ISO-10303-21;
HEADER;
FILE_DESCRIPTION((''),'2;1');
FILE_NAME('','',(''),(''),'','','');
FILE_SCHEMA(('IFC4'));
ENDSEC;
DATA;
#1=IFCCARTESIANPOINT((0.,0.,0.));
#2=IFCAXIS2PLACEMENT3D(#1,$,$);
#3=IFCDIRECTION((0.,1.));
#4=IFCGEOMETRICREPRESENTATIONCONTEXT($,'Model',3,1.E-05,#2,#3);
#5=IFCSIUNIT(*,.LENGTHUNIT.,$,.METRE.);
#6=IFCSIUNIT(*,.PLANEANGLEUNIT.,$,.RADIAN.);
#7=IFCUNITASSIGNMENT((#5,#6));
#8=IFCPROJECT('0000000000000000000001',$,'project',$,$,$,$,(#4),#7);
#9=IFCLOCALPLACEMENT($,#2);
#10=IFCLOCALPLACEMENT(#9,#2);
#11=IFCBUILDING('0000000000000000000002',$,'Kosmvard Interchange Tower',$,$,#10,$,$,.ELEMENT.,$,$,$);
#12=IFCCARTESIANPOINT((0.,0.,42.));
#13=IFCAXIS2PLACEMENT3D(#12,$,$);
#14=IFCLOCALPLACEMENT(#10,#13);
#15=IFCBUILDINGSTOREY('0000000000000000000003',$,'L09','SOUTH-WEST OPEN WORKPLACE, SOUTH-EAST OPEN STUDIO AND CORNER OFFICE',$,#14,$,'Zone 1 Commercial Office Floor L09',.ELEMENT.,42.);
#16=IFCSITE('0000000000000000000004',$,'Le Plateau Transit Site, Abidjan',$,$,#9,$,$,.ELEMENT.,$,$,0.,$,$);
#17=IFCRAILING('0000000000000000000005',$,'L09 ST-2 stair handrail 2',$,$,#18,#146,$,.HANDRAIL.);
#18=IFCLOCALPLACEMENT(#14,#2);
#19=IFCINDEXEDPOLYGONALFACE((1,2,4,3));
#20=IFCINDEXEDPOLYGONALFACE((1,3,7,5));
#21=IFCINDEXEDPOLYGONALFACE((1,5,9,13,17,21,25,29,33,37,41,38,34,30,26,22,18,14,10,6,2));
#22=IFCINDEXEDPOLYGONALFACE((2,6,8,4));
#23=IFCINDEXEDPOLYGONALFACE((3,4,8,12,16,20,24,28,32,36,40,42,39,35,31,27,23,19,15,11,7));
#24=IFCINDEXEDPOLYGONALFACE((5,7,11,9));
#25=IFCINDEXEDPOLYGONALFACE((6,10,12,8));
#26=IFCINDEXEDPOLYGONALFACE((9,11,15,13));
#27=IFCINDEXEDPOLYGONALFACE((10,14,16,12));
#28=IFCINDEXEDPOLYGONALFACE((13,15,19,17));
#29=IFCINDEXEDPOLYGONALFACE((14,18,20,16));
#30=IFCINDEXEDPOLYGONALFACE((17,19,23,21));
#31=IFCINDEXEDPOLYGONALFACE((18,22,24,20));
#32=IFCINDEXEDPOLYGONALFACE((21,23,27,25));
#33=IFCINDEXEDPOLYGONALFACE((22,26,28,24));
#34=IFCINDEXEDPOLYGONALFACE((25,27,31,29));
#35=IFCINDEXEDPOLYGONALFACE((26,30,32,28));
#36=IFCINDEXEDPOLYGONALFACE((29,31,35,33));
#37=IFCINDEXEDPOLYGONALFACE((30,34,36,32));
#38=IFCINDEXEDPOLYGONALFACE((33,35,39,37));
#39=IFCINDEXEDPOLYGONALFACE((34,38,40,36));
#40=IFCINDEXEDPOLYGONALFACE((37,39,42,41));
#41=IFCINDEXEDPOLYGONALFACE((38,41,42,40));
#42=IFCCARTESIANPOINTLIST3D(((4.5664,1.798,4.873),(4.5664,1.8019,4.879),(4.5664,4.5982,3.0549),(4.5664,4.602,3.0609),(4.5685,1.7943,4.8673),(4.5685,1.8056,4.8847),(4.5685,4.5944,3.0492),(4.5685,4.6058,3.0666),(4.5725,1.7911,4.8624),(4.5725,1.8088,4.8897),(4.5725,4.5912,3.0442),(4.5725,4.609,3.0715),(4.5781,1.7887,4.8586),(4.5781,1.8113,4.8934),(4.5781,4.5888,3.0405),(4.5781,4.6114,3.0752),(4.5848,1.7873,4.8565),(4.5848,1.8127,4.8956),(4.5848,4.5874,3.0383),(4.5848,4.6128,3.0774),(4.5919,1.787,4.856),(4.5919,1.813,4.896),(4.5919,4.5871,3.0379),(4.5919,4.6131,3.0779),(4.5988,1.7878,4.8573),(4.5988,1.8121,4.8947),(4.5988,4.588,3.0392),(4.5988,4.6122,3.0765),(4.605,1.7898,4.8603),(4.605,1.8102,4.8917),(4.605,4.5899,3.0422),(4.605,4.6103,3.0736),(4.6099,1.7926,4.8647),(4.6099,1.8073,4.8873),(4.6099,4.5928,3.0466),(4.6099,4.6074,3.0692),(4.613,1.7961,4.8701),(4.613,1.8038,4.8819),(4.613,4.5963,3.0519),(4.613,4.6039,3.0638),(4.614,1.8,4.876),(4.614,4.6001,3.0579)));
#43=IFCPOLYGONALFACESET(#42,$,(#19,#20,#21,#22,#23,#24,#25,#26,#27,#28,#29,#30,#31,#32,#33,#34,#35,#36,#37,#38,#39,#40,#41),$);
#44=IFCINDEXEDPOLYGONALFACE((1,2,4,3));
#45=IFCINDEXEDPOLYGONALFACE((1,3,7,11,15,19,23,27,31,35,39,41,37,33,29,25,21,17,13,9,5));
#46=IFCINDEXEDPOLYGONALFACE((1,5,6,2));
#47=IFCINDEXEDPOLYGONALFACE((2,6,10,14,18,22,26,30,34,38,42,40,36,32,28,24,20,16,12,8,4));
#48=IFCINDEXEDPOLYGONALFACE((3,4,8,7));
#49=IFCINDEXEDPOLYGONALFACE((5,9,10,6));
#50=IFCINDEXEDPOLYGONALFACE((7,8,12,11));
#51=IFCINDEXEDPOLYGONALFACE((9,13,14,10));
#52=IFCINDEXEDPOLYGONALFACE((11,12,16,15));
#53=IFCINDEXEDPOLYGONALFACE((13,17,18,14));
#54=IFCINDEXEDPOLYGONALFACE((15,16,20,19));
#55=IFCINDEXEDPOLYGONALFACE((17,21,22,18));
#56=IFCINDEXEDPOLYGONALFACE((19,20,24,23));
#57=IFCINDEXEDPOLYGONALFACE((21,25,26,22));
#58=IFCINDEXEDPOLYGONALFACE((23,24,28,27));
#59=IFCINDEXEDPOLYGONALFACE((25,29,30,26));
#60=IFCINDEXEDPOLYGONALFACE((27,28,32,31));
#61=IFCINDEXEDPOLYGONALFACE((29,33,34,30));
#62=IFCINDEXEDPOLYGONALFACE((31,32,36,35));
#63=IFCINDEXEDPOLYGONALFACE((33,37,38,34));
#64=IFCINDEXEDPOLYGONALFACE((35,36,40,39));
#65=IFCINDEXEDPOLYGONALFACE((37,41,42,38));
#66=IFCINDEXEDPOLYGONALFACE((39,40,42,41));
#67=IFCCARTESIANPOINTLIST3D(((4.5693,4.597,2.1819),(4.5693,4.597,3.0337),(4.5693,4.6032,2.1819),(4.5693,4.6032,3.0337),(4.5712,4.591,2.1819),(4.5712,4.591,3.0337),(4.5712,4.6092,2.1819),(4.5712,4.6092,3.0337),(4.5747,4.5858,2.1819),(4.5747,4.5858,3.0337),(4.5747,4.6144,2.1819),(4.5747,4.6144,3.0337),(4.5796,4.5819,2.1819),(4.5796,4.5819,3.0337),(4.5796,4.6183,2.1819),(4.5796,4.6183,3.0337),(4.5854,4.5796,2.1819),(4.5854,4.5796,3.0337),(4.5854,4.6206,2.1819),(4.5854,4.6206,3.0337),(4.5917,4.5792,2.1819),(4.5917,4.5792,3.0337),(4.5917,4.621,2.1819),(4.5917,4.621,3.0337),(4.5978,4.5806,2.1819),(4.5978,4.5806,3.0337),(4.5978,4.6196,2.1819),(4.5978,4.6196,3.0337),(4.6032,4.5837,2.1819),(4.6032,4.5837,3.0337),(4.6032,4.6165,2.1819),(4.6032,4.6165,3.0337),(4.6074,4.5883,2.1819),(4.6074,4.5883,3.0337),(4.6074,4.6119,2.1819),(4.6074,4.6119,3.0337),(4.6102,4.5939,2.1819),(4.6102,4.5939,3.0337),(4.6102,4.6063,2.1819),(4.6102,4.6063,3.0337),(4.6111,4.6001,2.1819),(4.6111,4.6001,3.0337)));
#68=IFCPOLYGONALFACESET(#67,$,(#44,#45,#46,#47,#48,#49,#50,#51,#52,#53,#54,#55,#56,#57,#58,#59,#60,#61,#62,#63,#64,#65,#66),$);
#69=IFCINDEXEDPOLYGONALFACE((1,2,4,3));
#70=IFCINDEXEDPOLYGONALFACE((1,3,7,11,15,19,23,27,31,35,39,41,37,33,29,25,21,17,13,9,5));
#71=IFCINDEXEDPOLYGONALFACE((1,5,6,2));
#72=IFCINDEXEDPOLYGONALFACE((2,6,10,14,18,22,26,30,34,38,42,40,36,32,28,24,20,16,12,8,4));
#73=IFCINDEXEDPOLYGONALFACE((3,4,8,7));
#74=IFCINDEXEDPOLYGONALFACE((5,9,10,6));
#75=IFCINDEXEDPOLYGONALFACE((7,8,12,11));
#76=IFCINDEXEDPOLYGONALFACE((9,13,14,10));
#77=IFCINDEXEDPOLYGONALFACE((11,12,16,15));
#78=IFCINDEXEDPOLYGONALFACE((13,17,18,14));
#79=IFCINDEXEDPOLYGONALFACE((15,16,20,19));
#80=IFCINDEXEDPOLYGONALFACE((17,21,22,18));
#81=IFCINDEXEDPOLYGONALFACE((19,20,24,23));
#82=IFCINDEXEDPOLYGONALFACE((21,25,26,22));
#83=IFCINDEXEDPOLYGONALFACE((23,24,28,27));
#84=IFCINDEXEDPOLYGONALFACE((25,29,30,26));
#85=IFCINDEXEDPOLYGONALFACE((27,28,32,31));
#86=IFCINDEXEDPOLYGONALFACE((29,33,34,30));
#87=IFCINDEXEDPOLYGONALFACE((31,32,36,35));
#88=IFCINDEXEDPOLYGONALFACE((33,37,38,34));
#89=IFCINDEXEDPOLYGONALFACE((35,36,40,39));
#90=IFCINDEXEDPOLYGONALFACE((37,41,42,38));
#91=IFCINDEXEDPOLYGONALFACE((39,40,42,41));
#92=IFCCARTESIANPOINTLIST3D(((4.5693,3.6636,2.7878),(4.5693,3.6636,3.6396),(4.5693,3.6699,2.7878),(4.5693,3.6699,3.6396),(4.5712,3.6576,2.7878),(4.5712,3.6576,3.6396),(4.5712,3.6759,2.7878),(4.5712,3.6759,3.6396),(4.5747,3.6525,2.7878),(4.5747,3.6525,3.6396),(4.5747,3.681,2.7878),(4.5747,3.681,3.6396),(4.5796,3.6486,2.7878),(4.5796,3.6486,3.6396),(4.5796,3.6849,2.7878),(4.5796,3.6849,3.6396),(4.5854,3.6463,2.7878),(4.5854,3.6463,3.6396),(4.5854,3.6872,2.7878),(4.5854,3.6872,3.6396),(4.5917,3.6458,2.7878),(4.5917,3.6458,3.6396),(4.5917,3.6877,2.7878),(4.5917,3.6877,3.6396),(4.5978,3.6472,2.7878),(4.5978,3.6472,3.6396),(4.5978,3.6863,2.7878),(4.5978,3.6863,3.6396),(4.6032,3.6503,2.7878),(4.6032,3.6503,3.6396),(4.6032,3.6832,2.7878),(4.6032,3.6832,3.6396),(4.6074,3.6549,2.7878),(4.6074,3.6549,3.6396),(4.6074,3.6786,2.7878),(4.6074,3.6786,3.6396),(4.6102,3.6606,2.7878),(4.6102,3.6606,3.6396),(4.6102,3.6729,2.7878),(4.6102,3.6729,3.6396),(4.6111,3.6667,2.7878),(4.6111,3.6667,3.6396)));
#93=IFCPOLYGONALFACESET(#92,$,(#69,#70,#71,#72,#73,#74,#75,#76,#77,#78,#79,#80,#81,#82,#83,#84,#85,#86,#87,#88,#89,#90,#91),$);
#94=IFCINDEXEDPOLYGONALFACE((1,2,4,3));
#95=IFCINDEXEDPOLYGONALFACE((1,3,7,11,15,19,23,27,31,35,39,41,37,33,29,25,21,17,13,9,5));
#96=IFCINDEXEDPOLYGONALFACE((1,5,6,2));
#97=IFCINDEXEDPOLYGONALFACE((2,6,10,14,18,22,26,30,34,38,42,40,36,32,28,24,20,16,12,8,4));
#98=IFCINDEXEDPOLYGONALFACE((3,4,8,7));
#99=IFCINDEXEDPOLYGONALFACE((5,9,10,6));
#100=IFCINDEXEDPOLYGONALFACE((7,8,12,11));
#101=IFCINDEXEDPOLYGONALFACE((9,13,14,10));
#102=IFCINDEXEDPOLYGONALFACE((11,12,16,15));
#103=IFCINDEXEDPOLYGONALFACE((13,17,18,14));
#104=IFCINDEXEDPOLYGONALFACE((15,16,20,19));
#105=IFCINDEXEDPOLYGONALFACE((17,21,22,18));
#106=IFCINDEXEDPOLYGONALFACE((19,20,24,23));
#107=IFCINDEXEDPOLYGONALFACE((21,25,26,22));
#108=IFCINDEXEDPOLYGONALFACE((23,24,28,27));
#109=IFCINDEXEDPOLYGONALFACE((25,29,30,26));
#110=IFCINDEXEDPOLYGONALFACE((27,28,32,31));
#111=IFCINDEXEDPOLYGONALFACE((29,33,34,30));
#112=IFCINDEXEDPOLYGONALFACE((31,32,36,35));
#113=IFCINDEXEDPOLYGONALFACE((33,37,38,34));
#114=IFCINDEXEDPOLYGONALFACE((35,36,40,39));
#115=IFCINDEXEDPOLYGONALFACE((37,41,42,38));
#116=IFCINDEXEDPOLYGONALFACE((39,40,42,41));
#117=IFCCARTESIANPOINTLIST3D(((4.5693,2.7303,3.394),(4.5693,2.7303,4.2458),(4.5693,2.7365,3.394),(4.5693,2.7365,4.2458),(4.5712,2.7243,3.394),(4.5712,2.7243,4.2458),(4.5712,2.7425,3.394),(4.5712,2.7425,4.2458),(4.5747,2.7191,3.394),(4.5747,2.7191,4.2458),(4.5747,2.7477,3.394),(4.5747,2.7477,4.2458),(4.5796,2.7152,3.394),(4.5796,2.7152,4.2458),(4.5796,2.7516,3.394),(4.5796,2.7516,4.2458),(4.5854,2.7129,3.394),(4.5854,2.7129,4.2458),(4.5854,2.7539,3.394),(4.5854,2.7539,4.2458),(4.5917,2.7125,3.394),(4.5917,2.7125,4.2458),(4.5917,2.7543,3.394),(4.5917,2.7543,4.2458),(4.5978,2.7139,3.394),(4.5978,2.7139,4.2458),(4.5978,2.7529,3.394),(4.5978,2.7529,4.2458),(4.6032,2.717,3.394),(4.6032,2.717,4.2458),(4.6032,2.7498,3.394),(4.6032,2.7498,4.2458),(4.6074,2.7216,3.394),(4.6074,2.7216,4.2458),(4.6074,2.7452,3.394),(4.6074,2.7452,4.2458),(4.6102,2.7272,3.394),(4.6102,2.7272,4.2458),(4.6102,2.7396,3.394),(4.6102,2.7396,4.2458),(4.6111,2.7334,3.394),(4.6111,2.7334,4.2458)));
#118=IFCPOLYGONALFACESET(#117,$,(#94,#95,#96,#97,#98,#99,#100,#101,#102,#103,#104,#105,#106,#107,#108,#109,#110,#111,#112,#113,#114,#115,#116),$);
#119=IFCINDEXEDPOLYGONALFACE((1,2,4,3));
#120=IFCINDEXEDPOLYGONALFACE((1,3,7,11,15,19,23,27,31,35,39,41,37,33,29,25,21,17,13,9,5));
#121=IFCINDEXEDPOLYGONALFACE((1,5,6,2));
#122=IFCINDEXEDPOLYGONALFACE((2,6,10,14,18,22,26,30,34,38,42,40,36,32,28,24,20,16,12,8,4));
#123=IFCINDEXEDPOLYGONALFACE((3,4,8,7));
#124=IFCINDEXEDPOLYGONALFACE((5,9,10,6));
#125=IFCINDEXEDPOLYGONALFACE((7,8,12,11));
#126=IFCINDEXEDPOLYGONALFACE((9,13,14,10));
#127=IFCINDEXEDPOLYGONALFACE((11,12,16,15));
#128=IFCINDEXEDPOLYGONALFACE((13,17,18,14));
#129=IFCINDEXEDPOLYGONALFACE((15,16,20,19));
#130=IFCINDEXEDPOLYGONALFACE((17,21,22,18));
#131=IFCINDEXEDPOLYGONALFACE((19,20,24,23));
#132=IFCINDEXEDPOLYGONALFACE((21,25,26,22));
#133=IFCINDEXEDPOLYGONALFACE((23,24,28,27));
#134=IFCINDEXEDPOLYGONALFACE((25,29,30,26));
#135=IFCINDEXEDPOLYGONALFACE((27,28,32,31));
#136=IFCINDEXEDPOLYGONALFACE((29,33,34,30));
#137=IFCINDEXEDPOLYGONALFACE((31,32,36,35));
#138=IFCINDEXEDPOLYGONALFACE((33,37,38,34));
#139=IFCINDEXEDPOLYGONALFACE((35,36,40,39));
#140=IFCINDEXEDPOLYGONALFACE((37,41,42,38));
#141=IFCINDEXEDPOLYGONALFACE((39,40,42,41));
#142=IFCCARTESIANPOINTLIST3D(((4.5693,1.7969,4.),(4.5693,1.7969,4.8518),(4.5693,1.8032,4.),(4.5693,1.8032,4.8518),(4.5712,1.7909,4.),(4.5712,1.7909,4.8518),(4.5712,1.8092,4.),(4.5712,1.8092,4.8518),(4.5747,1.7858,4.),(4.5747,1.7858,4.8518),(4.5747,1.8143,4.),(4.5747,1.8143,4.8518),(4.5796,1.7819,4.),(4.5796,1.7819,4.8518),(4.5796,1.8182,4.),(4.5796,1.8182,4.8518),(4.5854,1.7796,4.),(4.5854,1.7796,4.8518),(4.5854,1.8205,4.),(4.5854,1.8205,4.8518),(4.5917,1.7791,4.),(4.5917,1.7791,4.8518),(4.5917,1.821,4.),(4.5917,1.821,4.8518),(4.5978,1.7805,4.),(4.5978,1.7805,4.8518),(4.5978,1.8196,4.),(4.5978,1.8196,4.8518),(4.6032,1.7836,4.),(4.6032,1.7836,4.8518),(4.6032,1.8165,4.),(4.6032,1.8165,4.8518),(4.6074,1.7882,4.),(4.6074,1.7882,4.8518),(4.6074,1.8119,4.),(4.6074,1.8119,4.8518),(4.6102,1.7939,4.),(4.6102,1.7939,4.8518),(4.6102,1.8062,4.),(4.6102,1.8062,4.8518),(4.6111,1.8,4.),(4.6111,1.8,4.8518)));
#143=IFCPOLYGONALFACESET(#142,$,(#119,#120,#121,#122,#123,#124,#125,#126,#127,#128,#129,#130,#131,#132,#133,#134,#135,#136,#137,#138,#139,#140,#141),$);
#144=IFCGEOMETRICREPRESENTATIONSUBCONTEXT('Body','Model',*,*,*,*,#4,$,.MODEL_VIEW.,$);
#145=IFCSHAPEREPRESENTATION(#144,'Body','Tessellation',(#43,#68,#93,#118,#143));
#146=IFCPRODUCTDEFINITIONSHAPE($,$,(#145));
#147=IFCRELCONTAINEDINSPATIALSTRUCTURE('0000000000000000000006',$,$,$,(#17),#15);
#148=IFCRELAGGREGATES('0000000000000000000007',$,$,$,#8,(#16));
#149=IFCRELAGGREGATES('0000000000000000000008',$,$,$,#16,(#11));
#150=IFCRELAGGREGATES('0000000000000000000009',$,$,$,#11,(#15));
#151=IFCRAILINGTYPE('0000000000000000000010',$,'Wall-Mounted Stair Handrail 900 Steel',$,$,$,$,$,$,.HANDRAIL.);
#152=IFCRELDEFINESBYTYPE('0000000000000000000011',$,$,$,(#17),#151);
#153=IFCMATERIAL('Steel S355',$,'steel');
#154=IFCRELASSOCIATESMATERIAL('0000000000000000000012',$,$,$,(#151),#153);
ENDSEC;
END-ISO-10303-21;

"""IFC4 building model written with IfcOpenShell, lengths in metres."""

from ifc_helpers import new_model, si_unit, direction, frame, origin, origin_2d, place, context, subcontext, project, spatial, circle, extrude, source, transform, mapped, material, type_object, element, save


model = new_model("IFC4")

# Units and contexts
model_context = context("Model", 3, precision=1e-05, world=origin(), true_north=direction((0.0, 1.0)))
body_context = subcontext(model_context, "Body", "Model", "MODEL_VIEW")
ifc_project = project(units=[si_unit("LENGTHUNIT", "METRE"), si_unit("PLANEANGLEUNIT", "RADIAN")], contexts=[model_context])

# Site, building, storey
site_placement = place(None, origin())
site = spatial("IfcSite", under=ifc_project, at=site_placement, Name="Le Plateau Transit Site, Abidjan", CompositionType="ELEMENT", RefElevation=0.0)
building_placement = place(site_placement, origin())
building = spatial("IfcBuilding", under=site, at=building_placement, Name="Kosmvard Interchange Tower", CompositionType="ELEMENT")
storey_placement = place(building_placement, frame((0.0, 0.0, 42.0)))
storey = spatial("IfcBuildingStorey", under=building, at=storey_placement, Name="L09", Description="SOUTH-WEST OPEN WORKPLACE, SOUTH-EAST OPEN STUDIO AND CORNER OFFICE", LongName="Zone 1 Commercial Office Floor L09", CompositionType="ELEMENT", Elevation=42.0)

# Shared definitions
ifc_material_1 = material(Name="Steel S355", Category="steel")

# Railing
railing_type_1 = type_object("IfcRailingType", Name="Wall-Mounted Stair Handrail 900 Steel", PredefinedType="HANDRAIL", material=ifc_material_1)
shared_shape_1 = source(origin(), body_context, "Body", "SweptSolid", [
    extrude(circle(Radius=0.0239, at=origin_2d()), frame((0.0, 0.0, 0.876), z_axis=(0.0, -0.838706, 0.544585), x_axis=(1.0, 0.0, 0.0)), (0.0, 0.0, 1.0), 3.3386),
    extrude(circle(Radius=0.021, at=origin_2d()), origin(), (0.0, 0.0, 1.0), 0.8518),
    extrude(circle(Radius=0.021, at=origin_2d()), frame((0.0, -0.9333, 0.606)), (0.0, 0.0, 1.0), 0.8518),
    extrude(circle(Radius=0.021, at=origin_2d()), frame((0.0, -1.8667, 1.2122)), (0.0, 0.0, 1.0), 0.8518),
    extrude(circle(Radius=0.021, at=origin_2d()), frame((0.0, -2.8, 1.8181)), (0.0, 0.0, 1.0), 0.8518),
])
railing_1_placement = place(storey_placement, frame((4.5901, 4.6001, 2.1819)))
element("IfcRailing", 1, at=railing_1_placement, inside=storey, type_object=railing_type_1, Name="L09 ST-2 stair handrail 2", PredefinedType="HANDRAIL", context=body_context, shape_type="MappedRepresentation", body=[
    mapped(shared_shape_1, transform((0.0, 0.0, 0.0), scale=1.0)),
])

save(model, "model.ifc")
